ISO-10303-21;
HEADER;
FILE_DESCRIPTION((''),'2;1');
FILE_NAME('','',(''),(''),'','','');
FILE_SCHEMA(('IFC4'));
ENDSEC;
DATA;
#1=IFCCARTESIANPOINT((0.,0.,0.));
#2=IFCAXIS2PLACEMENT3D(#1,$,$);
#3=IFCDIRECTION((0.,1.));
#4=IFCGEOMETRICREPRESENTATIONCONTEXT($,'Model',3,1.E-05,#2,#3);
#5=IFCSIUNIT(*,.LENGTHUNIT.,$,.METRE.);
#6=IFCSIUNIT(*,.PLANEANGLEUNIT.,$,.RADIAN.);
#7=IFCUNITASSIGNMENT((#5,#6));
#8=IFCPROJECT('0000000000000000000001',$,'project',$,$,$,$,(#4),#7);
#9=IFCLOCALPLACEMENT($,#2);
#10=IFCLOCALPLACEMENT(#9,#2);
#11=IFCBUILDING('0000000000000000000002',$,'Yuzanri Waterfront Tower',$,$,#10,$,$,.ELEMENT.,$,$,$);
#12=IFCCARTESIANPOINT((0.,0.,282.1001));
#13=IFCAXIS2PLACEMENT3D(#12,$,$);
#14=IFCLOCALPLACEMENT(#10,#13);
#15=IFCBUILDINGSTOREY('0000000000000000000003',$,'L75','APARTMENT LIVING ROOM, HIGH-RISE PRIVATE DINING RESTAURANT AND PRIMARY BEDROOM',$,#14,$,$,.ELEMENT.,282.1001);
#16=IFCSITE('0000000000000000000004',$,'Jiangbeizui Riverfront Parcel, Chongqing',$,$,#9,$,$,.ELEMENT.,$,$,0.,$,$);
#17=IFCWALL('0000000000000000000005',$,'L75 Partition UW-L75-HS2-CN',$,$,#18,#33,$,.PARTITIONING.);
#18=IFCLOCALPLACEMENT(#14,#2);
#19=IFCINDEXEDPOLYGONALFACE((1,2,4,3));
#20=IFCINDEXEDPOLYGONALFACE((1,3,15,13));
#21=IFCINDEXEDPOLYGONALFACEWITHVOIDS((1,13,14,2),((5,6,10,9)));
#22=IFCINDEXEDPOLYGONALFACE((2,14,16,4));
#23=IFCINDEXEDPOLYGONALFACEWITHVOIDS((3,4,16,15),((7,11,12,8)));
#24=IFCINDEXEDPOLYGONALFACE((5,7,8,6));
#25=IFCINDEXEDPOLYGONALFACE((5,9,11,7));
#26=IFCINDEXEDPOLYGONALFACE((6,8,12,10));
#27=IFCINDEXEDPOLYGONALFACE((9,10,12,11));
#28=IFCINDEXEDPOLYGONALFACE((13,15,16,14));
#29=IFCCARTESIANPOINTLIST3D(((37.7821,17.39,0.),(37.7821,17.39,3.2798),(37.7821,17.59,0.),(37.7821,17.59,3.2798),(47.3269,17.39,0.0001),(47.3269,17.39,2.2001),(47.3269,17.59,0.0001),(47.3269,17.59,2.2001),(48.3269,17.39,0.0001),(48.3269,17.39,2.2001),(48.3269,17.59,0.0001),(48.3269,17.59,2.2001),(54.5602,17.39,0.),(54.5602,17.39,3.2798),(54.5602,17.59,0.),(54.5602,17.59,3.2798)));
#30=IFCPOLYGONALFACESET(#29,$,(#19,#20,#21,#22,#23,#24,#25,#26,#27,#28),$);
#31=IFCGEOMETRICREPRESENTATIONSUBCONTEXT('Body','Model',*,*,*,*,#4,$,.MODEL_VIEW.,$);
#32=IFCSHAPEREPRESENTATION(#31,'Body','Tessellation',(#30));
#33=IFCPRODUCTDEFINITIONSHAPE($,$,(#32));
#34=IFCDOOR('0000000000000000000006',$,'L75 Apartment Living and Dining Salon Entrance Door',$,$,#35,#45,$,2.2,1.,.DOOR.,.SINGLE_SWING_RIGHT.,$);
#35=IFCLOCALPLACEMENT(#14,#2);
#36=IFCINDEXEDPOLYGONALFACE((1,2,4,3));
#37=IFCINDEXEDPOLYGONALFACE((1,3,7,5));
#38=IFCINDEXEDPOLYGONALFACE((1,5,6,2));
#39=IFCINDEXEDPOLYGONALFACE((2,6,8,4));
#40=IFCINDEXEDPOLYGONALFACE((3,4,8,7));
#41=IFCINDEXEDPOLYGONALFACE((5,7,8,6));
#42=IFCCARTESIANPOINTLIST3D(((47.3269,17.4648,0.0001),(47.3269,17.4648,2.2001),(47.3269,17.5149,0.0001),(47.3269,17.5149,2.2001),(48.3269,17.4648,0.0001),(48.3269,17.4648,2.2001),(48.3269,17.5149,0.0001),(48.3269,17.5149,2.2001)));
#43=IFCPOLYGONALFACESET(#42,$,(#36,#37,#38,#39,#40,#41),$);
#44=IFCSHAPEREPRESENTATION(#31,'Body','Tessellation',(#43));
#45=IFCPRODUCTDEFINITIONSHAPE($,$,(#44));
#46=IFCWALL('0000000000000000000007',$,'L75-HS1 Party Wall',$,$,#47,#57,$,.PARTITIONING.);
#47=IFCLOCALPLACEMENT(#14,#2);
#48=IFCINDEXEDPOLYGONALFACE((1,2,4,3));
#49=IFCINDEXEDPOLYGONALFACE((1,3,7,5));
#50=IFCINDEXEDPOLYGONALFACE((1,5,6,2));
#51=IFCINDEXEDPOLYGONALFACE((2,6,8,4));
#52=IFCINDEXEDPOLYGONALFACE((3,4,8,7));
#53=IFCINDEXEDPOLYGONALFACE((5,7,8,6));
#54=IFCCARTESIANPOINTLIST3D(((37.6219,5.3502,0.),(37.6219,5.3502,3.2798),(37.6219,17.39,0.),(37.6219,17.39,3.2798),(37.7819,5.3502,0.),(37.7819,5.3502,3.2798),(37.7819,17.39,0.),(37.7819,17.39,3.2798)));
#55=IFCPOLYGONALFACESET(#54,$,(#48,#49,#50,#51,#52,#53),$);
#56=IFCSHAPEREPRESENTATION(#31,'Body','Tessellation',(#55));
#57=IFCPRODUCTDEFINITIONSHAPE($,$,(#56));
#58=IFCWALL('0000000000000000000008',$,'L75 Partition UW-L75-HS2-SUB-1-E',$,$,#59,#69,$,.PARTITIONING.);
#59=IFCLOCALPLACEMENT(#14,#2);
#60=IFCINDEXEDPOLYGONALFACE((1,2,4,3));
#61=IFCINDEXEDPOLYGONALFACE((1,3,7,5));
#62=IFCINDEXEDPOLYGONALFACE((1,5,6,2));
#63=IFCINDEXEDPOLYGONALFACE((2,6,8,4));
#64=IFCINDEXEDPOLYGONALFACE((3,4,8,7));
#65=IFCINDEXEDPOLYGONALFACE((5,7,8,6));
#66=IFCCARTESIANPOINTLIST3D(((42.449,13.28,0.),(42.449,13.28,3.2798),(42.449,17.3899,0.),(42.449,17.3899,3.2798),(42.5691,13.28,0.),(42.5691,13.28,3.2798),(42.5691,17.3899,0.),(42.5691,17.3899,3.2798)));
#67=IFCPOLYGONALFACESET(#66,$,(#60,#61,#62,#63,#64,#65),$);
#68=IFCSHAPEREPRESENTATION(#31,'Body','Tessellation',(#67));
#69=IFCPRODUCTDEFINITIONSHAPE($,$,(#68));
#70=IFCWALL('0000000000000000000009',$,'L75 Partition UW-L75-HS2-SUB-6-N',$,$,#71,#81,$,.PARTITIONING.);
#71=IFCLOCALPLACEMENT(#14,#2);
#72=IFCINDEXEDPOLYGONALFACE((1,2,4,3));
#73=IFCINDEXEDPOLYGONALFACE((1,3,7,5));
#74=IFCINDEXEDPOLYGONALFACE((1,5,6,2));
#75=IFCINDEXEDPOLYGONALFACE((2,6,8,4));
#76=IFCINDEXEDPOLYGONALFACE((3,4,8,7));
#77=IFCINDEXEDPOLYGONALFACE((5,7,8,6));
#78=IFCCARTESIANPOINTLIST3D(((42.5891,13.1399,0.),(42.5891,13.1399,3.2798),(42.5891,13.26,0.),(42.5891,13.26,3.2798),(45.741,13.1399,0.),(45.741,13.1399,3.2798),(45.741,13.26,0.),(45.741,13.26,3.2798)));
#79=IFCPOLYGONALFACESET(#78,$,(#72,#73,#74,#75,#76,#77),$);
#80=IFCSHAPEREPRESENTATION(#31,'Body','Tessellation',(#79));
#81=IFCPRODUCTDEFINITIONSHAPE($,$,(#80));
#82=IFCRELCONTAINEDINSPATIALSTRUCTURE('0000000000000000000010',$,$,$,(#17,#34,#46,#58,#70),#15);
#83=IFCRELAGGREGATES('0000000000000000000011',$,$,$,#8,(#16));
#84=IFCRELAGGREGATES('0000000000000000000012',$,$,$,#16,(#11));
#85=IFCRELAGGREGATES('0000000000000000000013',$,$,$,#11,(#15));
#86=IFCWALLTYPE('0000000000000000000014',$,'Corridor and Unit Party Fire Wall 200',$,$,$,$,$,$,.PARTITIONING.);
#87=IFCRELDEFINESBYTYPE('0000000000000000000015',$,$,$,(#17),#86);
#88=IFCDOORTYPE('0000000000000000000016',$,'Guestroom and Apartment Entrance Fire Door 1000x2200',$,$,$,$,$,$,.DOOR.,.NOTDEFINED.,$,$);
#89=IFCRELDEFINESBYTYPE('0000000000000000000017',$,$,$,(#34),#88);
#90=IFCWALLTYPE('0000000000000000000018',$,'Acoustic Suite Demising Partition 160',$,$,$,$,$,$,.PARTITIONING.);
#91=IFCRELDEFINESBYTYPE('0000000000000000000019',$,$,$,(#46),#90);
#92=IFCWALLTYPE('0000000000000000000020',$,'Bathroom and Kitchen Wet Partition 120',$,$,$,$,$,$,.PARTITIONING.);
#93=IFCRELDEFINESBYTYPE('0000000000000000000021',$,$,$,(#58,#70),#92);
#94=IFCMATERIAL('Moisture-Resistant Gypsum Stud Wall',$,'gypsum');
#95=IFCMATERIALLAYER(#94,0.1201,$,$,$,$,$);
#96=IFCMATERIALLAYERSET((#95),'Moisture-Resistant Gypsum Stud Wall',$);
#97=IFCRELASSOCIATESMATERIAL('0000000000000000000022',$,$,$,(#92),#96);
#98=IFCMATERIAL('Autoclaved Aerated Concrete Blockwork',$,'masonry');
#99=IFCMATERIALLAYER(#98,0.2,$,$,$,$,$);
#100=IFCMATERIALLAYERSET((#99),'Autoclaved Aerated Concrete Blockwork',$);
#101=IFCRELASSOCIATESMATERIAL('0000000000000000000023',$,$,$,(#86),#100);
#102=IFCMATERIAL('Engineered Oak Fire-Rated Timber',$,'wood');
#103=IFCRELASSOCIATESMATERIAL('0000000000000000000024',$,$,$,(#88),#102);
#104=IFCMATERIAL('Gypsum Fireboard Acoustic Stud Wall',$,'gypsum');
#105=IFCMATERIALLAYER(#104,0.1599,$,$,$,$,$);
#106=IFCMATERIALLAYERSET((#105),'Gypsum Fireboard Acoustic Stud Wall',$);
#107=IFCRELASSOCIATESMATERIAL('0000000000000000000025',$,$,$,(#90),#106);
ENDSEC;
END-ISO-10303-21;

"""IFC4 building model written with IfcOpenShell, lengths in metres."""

from ifc_helpers import new_model, si_unit, direction, frame, frame_2d, origin, place, context, subcontext, project, spatial, rectangle, extrude, source, transform, mapped, material, layer, layer_set, type_object, element, fill, save


model = new_model("IFC4")

# Units and contexts
model_context = context("Model", 3, precision=1e-05, world=origin(), true_north=direction((0.0, 1.0)))
body_context = subcontext(model_context, "Body", "Model", "MODEL_VIEW")
ifc_project = project(units=[si_unit("LENGTHUNIT", "METRE"), si_unit("PLANEANGLEUNIT", "RADIAN")], contexts=[model_context])

# Site, building, storey
site_placement = place(None, origin())
site = spatial("IfcSite", under=ifc_project, at=site_placement, Name="Jiangbeizui Riverfront Parcel, Chongqing", CompositionType="ELEMENT", RefElevation=0.0)
building_placement = place(site_placement, origin())
building = spatial("IfcBuilding", under=site, at=building_placement, Name="Yuzanri Waterfront Tower", CompositionType="ELEMENT")
storey_placement = place(building_placement, frame((0.0, 0.0, 282.1001)))
storey = spatial("IfcBuildingStorey", under=building, at=storey_placement, Name="L75", Description="APARTMENT LIVING ROOM, HIGH-RISE PRIVATE DINING RESTAURANT AND PRIMARY BEDROOM", CompositionType="ELEMENT", Elevation=282.1001)

# Wall, opening, door
ifc_material_1 = material(Name="Moisture-Resistant Gypsum Stud Wall", Category="gypsum")
ifc_layer_1 = layer(ifc_material_1, 0.1201)
ifc_layer_set_1 = layer_set([ifc_layer_1], Name="Moisture-Resistant Gypsum Stud Wall")
wall_type_1 = type_object("IfcWallType", Name="Bathroom and Kitchen Wet Partition 120", PredefinedType="PARTITIONING", material=ifc_layer_set_1)
ifc_material_2 = material(Name="Autoclaved Aerated Concrete Blockwork", Category="masonry")
ifc_layer_2 = layer(ifc_material_2, 0.2)
ifc_layer_set_2 = layer_set([ifc_layer_2], Name="Autoclaved Aerated Concrete Blockwork")
wall_type_2 = type_object("IfcWallType", Name="Corridor and Unit Party Fire Wall 200", PredefinedType="PARTITIONING", material=ifc_layer_set_2)
wall_1_placement = place(storey_placement, frame((37.782, 17.49, 0.0), z_axis=(0.0, 0.0, 1.0), x_axis=(1.0, 0.0, 0.0)))
wall_1 = element("IfcWall", 1, at=wall_1_placement, inside=storey, type_object=wall_type_2, Name="L75 Partition UW-L75-HS2-CN", PredefinedType="PARTITIONING", context=body_context, shape_type="SweptSolid", body=[
    extrude(rectangle(XDim=16.7781, YDim=0.2, at=frame_2d((8.3892, 0.0))), origin(), (0.0, 0.0, 1.0), 3.2798),
])
opening_1_placement = place(wall_1_placement, frame((9.5449, 0.0, 0.0)))
opening_1 = element("IfcOpeningElement", 2, at=opening_1_placement, cuts=wall_1, PredefinedType="OPENING", context=body_context, shape_type="SweptSolid", body=[
    extrude(rectangle(XDim=1.0, YDim=2.2, at=frame_2d((0.5, 1.1001))), frame((0.0, 0.1147, 0.0), z_axis=(0.0, -1.0, 0.0), x_axis=(1.0, 0.0, 0.0)), (0.0, 0.0, 1.0), 0.2297),
])
ifc_material_3 = material(Name="Engineered Oak Fire-Rated Timber", Category="wood")
door_type_1 = type_object("IfcDoorType", Name="Guestroom and Apartment Entrance Fire Door 1000x2200", OperationType="NOTDEFINED", PredefinedType="DOOR", material=ifc_material_3)
shared_shape_1 = source(origin(), body_context, "Body", "SweptSolid", [
    extrude(rectangle(XDim=1.0, YDim=2.2, at=frame_2d((0.5, 1.1001))), frame((0.0, 0.0249, 0.0), z_axis=(0.0, -1.0, 0.0), x_axis=(1.0, 0.0, 0.0)), (0.0, 0.0, 1.0), 0.05),
])
door_1_placement = place(opening_1_placement, origin())
door_1 = element("IfcDoor", 3, at=door_1_placement, inside=storey, type_object=door_type_1, Name="L75 Apartment Living and Dining Salon Entrance Door", OperationType="SINGLE_SWING_RIGHT", OverallHeight=2.2, OverallWidth=1.0, PredefinedType="DOOR", context=body_context, shape_type="MappedRepresentation", body=[
    mapped(shared_shape_1, transform((0.0, 0.0, 0.0), scale=1.0)),
])
fill(opening_1, door_1)

# Walls
ifc_material_4 = material(Name="Gypsum Fireboard Acoustic Stud Wall", Category="gypsum")
ifc_layer_3 = layer(ifc_material_4, 0.1599)
ifc_layer_set_3 = layer_set([ifc_layer_3], Name="Gypsum Fireboard Acoustic Stud Wall")
wall_type_3 = type_object("IfcWallType", Name="Acoustic Suite Demising Partition 160", PredefinedType="PARTITIONING", material=ifc_layer_set_3)
shared_shape_2 = source(origin(), body_context, "Body", "SweptSolid", [
    extrude(rectangle(XDim=12.0398, YDim=0.1599, at=frame_2d((6.02, 0.0))), origin(), (0.0, 0.0, 1.0), 3.2798),
])
wall_2_placement = place(storey_placement, frame((37.7019, 5.3501, 0.0), z_axis=(0.0, 0.0, 1.0), x_axis=(0.0, 1.0, 0.0)))
element("IfcWall", 4, at=wall_2_placement, inside=storey, type_object=wall_type_3, Name="L75-HS1 Party Wall", PredefinedType="PARTITIONING", context=body_context, shape_type="MappedRepresentation", body=[
    mapped(shared_shape_2, transform((0.0, 0.0, 0.0), scale=1.0)),
])
shared_shape_3 = source(origin(), body_context, "Body", "SweptSolid", [
    extrude(rectangle(XDim=4.1099, YDim=0.1201, at=frame_2d((2.0549, 0.0))), origin(), (0.0, 0.0, 1.0), 3.2798),
])
wall_3_placement = place(storey_placement, frame((42.509, 13.28, 0.0), z_axis=(0.0, 0.0, 1.0), x_axis=(0.0, 1.0, 0.0)))
element("IfcWall", 5, at=wall_3_placement, inside=storey, type_object=wall_type_1, Name="L75 Partition UW-L75-HS2-SUB-1-E", PredefinedType="PARTITIONING", context=body_context, shape_type="MappedRepresentation", body=[
    mapped(shared_shape_3, transform((0.0, 0.0, 0.0), scale=1.0)),
])
shared_shape_4 = source(origin(), body_context, "Body", "SweptSolid", [
    extrude(rectangle(XDim=3.1519, YDim=0.1201, at=frame_2d((1.5759, 0.0))), origin(), (0.0, 0.0, 1.0), 3.2798),
])
wall_4_placement = place(storey_placement, frame((42.5891, 13.2, 0.0), z_axis=(0.0, 0.0, 1.0), x_axis=(1.0, 0.0, 0.0)))
element("IfcWall", 6, at=wall_4_placement, inside=storey, type_object=wall_type_1, Name="L75 Partition UW-L75-HS2-SUB-6-N", PredefinedType="PARTITIONING", context=body_context, shape_type="MappedRepresentation", body=[
    mapped(shared_shape_4, transform((0.0, 0.0, 0.0), scale=1.0)),
])

save(model, "model.ifc")
